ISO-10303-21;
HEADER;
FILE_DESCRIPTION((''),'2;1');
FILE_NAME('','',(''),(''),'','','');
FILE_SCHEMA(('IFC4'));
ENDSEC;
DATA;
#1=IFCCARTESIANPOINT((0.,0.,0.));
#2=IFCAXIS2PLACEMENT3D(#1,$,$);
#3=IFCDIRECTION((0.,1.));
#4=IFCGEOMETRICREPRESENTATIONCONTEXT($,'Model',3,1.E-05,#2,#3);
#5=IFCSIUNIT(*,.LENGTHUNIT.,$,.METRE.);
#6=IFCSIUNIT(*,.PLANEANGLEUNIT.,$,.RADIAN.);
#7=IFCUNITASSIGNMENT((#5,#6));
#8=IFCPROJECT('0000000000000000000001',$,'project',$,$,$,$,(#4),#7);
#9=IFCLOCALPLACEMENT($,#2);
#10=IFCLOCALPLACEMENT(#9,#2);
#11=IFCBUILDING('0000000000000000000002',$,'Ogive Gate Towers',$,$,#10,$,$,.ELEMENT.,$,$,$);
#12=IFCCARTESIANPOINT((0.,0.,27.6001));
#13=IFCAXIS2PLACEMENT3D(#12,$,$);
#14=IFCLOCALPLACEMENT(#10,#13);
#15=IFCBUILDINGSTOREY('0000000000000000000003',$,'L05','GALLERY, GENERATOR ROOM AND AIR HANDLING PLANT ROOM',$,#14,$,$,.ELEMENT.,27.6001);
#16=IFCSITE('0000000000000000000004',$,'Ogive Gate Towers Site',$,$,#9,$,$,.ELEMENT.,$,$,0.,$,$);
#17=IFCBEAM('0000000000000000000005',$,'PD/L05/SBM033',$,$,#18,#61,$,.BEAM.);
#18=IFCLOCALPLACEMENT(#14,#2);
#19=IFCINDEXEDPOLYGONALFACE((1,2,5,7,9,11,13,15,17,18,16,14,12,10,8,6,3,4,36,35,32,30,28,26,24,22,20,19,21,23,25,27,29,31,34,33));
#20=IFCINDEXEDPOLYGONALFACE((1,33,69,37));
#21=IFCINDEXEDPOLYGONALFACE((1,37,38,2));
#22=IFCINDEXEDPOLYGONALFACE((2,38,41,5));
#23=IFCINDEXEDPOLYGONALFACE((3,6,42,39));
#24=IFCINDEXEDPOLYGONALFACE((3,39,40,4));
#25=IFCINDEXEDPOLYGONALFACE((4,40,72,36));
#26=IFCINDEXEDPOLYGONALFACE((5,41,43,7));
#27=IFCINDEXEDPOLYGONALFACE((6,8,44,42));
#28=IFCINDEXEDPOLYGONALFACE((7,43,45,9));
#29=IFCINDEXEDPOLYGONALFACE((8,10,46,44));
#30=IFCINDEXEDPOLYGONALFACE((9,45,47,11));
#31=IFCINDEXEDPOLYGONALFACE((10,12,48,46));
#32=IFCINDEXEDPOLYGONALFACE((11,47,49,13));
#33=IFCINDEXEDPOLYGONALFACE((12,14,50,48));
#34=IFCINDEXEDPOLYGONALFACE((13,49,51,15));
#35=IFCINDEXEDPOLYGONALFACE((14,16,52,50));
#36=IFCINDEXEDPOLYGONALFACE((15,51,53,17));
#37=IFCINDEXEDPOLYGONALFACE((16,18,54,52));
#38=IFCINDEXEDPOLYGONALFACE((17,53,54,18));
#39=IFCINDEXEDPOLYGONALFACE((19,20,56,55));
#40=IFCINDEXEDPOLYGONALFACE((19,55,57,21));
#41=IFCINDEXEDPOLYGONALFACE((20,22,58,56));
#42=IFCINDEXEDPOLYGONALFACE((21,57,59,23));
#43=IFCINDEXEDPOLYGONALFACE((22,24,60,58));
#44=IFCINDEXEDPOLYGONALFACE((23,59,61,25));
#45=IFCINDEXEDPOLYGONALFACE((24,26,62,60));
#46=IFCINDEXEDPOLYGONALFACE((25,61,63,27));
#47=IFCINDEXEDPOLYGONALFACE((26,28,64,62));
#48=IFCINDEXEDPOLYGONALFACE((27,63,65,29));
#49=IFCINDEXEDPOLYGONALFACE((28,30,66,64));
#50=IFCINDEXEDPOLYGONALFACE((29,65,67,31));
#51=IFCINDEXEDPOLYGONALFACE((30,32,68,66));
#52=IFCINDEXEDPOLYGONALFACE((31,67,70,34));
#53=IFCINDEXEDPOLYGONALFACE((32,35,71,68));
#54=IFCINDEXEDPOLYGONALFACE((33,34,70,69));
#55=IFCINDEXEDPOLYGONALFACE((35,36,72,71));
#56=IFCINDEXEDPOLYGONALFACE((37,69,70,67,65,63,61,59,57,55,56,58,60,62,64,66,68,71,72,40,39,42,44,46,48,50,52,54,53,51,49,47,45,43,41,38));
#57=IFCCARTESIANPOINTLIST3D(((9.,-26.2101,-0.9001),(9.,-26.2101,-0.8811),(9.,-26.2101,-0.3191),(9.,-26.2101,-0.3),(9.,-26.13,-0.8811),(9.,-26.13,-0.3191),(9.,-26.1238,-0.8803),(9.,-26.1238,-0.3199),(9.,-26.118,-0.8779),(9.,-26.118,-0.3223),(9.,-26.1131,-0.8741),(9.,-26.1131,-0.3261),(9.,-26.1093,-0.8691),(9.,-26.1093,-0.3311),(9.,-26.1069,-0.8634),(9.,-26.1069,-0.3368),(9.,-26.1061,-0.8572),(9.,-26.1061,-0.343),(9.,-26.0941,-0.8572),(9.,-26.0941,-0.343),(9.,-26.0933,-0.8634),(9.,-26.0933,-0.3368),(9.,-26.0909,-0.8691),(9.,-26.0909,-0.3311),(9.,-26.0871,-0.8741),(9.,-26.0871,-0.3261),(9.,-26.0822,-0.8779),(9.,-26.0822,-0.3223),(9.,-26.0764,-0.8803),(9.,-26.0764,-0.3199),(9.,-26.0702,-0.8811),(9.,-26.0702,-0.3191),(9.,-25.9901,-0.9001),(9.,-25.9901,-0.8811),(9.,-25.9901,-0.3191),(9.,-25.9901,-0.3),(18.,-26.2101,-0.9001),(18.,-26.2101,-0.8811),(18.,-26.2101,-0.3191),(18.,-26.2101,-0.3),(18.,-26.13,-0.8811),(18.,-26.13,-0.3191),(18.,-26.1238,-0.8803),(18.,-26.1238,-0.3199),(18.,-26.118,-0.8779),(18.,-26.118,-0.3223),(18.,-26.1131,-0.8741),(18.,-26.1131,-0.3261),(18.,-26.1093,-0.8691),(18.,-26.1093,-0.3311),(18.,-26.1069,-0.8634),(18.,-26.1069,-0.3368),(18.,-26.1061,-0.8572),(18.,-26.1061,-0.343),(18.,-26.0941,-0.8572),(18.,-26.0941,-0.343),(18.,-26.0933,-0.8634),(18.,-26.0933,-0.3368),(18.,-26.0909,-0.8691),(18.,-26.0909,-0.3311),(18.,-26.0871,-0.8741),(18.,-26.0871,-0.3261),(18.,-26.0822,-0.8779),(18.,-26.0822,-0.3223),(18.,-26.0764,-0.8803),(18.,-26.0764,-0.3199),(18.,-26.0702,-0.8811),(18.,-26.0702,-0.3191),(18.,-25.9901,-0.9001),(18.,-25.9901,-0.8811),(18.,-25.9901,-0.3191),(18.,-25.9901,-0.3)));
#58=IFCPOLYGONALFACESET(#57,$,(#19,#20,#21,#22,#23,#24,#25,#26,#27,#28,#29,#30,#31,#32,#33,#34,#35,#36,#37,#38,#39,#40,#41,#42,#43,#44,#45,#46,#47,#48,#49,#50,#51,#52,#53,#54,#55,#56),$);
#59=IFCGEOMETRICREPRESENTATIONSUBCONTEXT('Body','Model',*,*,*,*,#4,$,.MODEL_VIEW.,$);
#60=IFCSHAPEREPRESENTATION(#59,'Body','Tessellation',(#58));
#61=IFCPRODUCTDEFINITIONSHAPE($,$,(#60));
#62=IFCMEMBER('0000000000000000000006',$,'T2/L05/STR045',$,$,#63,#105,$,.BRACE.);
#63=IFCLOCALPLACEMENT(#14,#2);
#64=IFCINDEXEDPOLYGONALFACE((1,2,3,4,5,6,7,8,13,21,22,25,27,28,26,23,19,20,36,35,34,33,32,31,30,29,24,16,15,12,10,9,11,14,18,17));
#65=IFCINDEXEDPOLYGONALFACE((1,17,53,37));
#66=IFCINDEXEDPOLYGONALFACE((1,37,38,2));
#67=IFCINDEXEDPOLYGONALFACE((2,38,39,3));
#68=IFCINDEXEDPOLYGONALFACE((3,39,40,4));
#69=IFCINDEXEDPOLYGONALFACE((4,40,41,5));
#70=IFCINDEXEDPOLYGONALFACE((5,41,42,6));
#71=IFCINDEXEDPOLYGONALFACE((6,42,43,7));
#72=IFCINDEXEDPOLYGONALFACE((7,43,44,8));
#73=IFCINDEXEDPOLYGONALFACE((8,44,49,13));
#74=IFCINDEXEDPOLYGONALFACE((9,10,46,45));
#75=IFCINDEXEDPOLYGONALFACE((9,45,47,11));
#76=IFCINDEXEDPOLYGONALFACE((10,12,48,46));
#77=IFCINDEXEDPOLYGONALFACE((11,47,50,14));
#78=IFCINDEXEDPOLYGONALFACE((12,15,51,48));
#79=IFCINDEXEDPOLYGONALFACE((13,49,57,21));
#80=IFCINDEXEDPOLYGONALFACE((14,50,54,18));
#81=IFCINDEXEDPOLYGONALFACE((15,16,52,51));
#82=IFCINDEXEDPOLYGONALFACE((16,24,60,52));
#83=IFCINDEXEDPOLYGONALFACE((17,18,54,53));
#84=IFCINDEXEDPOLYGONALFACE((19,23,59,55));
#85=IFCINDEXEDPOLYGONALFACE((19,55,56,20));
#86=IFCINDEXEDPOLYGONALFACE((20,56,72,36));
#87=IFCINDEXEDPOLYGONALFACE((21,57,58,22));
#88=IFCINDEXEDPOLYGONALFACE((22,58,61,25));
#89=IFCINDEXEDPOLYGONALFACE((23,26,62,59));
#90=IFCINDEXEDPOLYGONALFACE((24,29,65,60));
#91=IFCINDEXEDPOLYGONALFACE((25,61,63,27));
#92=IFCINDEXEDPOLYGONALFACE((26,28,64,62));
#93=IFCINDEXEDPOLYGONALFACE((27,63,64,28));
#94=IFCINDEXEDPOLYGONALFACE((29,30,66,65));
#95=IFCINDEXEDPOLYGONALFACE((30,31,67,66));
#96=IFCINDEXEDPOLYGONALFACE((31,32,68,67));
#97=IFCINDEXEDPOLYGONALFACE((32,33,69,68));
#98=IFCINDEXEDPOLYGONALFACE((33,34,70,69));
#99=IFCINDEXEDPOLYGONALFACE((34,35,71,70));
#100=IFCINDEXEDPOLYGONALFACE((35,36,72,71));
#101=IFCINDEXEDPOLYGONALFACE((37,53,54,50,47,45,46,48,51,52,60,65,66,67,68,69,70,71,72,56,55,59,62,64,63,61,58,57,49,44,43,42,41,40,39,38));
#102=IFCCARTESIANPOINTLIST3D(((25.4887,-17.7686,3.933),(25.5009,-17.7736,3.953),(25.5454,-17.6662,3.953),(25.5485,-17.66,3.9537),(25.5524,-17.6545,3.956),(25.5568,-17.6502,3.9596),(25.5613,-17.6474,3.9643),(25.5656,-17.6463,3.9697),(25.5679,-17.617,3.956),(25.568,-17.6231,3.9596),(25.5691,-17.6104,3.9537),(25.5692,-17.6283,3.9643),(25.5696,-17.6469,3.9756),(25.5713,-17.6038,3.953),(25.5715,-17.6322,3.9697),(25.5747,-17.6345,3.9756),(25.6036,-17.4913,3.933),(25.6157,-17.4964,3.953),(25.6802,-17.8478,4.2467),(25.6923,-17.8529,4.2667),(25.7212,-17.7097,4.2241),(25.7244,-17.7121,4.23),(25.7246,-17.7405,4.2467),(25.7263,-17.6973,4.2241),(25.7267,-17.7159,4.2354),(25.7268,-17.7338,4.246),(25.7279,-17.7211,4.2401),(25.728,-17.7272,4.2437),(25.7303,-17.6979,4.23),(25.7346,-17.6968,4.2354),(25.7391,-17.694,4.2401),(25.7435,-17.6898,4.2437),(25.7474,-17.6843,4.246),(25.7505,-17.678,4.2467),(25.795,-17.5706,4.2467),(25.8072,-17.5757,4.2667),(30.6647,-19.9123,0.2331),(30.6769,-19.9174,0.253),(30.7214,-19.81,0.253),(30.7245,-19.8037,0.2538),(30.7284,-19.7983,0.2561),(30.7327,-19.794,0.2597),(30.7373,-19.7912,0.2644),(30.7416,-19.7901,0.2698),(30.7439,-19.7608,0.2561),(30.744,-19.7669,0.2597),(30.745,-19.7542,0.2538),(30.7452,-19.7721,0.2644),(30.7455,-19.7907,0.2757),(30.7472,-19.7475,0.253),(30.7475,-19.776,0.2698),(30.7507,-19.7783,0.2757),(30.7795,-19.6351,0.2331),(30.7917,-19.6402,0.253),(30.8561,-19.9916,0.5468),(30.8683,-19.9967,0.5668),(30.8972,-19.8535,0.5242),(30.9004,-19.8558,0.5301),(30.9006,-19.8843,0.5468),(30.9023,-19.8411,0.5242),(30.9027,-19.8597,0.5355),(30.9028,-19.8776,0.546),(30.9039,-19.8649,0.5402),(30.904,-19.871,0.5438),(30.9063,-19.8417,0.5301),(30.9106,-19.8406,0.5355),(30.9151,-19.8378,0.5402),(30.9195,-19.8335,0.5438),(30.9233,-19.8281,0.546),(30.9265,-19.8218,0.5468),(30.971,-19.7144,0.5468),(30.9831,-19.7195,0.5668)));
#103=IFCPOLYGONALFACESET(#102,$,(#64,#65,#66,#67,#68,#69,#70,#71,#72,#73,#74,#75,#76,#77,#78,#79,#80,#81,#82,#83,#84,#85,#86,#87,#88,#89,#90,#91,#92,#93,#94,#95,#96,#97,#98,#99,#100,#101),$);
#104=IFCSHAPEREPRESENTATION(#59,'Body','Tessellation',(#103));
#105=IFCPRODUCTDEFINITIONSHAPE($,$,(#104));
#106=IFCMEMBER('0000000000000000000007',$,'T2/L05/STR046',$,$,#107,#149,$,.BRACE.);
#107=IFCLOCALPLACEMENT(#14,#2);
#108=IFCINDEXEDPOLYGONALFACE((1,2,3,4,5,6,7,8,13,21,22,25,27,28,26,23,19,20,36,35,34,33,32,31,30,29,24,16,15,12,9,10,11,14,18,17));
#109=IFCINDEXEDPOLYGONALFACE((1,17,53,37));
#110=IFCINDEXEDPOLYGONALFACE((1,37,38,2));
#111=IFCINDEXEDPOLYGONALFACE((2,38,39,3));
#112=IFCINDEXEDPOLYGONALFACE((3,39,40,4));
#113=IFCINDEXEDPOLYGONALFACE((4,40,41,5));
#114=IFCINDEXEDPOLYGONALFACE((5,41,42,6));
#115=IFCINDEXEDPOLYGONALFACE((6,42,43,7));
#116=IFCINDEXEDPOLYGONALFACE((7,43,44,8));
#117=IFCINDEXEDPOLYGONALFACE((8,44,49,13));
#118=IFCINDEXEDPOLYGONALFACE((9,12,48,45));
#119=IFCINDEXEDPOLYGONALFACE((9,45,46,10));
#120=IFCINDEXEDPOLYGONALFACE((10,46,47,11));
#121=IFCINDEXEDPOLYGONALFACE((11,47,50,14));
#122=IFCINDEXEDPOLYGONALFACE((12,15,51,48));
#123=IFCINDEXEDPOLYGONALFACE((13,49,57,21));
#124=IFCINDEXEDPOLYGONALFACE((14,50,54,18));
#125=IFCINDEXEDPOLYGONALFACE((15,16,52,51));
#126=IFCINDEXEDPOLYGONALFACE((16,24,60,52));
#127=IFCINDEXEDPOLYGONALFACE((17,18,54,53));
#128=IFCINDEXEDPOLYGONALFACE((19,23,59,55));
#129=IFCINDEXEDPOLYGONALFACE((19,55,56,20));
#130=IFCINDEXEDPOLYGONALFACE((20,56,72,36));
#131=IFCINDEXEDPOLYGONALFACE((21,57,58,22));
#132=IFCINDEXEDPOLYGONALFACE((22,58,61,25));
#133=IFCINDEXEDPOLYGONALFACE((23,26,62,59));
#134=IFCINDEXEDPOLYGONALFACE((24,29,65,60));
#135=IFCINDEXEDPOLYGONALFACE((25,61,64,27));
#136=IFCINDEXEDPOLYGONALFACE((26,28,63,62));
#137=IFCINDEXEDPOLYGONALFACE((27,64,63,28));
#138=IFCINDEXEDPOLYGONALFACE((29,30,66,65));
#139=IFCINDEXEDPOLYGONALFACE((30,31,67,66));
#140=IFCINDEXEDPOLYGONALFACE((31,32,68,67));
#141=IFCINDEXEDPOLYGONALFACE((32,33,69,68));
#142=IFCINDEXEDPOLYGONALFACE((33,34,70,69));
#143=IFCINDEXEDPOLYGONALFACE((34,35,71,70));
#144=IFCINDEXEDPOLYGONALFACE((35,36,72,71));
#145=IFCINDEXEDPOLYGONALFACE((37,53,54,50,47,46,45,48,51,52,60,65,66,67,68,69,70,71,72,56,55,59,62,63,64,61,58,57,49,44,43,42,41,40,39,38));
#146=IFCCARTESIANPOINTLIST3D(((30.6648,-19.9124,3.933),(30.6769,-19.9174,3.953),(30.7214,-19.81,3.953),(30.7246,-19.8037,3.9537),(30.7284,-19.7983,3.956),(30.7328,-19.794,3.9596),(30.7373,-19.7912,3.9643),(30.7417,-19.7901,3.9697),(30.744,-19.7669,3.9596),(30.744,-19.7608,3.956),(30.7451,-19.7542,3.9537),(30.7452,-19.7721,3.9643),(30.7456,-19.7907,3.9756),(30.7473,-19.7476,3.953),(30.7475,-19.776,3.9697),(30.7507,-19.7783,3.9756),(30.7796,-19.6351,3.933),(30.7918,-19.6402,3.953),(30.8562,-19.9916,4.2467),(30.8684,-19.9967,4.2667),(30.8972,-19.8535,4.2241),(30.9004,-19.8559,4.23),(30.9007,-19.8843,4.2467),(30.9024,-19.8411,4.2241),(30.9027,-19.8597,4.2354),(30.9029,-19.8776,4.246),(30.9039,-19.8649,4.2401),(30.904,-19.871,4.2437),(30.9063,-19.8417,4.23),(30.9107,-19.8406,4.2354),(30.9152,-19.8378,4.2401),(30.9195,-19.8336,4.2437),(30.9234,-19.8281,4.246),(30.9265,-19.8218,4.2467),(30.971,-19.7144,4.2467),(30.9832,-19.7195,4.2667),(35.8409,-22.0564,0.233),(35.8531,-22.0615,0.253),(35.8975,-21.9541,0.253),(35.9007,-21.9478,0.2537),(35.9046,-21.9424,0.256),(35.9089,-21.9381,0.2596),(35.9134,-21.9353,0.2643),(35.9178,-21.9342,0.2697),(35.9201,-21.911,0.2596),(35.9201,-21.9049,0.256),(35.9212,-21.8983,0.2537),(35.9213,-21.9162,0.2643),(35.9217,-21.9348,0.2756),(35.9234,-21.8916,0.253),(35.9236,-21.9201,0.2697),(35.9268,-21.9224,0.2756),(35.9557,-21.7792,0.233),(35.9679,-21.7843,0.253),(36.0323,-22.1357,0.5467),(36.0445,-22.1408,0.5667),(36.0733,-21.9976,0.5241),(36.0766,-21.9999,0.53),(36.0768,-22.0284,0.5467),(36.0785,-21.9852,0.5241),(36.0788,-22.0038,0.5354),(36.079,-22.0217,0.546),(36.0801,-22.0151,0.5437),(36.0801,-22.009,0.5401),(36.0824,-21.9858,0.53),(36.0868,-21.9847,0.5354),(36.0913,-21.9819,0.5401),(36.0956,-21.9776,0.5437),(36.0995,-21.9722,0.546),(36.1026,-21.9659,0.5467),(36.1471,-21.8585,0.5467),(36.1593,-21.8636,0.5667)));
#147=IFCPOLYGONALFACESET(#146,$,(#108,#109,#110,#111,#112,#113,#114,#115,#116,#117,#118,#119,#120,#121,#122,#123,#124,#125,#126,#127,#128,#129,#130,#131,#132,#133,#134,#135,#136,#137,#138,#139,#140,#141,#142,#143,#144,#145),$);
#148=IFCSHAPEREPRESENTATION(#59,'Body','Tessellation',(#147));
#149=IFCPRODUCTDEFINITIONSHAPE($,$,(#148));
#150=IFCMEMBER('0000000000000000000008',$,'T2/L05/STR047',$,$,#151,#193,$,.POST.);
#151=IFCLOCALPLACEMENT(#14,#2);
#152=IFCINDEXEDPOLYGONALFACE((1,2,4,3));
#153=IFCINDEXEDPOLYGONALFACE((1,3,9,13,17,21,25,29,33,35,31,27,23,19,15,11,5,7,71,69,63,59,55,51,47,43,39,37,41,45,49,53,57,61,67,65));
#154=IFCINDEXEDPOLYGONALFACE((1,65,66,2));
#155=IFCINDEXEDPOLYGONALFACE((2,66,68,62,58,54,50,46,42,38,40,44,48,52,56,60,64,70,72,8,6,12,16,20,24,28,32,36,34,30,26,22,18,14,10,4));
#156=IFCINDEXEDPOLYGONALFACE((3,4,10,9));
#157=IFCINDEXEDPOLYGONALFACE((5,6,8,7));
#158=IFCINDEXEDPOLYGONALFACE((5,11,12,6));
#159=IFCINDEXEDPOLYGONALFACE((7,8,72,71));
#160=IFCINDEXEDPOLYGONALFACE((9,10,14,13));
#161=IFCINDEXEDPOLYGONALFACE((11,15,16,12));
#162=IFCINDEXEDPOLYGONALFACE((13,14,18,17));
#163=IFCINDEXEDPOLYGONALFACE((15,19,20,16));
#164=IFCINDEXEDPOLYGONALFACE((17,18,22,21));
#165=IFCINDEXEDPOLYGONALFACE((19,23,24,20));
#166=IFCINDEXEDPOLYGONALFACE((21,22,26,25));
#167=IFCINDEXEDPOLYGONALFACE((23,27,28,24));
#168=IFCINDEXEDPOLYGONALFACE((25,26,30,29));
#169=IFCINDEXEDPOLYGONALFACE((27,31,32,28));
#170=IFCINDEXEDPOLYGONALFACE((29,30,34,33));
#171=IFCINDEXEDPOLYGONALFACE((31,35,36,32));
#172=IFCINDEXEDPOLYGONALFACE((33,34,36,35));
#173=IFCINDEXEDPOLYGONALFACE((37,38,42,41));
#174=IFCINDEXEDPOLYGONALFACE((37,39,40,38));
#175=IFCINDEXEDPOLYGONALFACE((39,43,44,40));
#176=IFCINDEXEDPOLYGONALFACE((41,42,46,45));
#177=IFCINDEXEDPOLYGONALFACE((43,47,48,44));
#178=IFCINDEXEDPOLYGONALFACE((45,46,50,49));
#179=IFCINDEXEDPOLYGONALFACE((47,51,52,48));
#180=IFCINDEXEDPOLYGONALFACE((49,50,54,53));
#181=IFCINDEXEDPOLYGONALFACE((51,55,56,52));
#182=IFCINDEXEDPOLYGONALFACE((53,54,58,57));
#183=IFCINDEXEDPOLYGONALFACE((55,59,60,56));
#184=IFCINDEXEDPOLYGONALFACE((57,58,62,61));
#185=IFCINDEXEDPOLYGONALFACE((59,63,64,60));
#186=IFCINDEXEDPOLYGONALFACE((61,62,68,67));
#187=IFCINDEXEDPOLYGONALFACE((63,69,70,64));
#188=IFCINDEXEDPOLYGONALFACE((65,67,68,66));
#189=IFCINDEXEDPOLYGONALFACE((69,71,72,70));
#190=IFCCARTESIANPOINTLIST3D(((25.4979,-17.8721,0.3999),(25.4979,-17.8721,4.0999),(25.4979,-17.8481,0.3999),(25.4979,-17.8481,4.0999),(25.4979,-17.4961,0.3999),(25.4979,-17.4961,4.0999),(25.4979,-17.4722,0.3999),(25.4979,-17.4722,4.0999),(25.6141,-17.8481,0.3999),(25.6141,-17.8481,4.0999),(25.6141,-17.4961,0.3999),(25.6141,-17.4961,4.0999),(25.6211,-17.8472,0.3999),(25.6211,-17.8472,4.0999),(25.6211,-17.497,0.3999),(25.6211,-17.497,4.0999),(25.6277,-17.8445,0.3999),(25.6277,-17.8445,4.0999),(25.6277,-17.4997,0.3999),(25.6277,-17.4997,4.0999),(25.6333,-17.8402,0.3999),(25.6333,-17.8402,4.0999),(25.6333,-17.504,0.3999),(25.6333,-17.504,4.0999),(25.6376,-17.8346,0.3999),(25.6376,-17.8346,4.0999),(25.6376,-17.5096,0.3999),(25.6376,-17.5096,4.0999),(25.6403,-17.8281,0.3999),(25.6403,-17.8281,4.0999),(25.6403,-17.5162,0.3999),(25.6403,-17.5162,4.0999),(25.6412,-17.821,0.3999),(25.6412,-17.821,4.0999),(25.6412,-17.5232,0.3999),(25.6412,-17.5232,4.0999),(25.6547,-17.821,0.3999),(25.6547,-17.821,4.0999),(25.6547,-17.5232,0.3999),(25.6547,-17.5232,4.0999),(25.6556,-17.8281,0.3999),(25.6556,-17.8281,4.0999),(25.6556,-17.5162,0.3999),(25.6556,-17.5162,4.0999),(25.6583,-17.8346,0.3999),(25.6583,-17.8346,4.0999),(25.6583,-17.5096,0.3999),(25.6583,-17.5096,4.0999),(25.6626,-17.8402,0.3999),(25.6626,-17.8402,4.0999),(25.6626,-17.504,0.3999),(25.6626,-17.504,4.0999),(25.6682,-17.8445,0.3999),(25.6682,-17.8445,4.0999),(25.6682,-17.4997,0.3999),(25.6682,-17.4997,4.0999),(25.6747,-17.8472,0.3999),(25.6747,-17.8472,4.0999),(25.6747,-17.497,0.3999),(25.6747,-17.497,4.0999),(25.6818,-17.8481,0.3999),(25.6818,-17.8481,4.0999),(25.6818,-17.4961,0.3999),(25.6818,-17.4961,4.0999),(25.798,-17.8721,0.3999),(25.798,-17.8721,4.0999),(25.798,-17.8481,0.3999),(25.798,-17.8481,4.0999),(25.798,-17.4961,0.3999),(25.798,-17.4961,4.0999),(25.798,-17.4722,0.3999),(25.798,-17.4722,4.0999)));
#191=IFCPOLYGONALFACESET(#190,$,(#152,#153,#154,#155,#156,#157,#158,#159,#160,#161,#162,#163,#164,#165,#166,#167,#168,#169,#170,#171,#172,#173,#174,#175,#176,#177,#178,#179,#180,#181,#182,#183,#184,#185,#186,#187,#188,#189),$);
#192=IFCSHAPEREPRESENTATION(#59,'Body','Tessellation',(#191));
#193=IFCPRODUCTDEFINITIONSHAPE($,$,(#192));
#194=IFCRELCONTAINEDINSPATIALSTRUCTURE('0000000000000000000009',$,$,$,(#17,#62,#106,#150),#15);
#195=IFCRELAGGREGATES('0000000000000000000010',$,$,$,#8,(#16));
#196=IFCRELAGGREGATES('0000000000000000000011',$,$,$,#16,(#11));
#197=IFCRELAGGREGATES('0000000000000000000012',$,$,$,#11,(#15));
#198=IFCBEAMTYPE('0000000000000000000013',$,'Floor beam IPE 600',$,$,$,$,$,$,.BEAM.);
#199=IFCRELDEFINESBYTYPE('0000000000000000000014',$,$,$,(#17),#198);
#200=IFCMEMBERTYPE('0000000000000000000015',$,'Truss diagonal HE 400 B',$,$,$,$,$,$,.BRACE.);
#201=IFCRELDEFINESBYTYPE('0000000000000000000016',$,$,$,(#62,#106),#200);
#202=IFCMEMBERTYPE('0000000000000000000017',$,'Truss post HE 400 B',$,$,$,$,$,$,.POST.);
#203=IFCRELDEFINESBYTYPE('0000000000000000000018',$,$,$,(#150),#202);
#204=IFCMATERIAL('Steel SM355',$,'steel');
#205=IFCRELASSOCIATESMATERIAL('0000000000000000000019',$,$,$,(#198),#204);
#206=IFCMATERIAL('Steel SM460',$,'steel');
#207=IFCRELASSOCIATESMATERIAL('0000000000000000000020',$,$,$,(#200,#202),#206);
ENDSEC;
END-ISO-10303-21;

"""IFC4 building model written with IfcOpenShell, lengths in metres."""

from ifc_helpers import new_model, si_unit, direction, frame, origin, origin_2d, place, context, subcontext, project, spatial, i_section, extrude, material, material_profile, profile_set, type_object, element, save


model = new_model("IFC4")

# Units and contexts
model_context = context("Model", 3, precision=1e-05, world=origin(), true_north=direction((0.0, 1.0)))
body_context = subcontext(model_context, "Body", "Model", "MODEL_VIEW")
ifc_project = project(units=[si_unit("LENGTHUNIT", "METRE"), si_unit("PLANEANGLEUNIT", "RADIAN")], contexts=[model_context])

# Site, building, storey
site_placement = place(None, origin())
site = spatial("IfcSite", under=ifc_project, at=site_placement, Name="Ogive Gate Towers Site", CompositionType="ELEMENT", RefElevation=0.0)
building_placement = place(site_placement, origin())
building = spatial("IfcBuilding", under=site, at=building_placement, Name="Ogive Gate Towers", CompositionType="ELEMENT")
storey_placement = place(building_placement, frame((0.0, 0.0, 27.6001)))
storey = spatial("IfcBuildingStorey", under=building, at=storey_placement, Name="L05", Description="GALLERY, GENERATOR ROOM AND AIR HANDLING PLANT ROOM", CompositionType="ELEMENT", Elevation=27.6001)

# Beam
ifc_material_1 = material(Name="Steel SM460", Category="steel")
ifc_material_2 = material(Name="Steel SM355", Category="steel")
ifc_material_profile_1 = material_profile(ifc_material_2, i_section(OverallWidth=0.22, OverallDepth=0.6001, WebThickness=0.012, FlangeThickness=0.019, FilletRadius=0.0239, at=origin_2d()), Name="IPE 600")
ifc_profile_set_1 = profile_set([ifc_material_profile_1], Name="Steel SM355")
beam_type_1 = type_object("IfcBeamType", Name="Floor beam IPE 600", PredefinedType="BEAM", material=ifc_profile_set_1)
for number, where, z_axis, x_axis, name in (
    (1, (18.0, -26.1001, -0.6001), (-1.0, 0.0, 0.0), (0.0, -1.0, 0.0), "PD/L05/SBM033"),
):
    element("IfcBeam", number, at=place(storey_placement, frame(where, z_axis=z_axis, x_axis=x_axis)), inside=storey, type_object=beam_type_1, Name=name, PredefinedType="BEAM", context=body_context, shape_type="SweptSolid", body=[
        extrude(i_section(OverallWidth=0.22, OverallDepth=0.6001, WebThickness=0.012, FlangeThickness=0.019, FilletRadius=0.0239, at=origin_2d()), origin(), (0.0, 0.0, 1.0), 9.0),
    ])

# Members
ifc_material_profile_2 = material_profile(ifc_material_1, i_section(OverallWidth=0.3, OverallDepth=0.3999, WebThickness=0.0134, FlangeThickness=0.0239, FilletRadius=0.0271, at=origin_2d()), Name="HE 400 B")
ifc_profile_set_2 = profile_set([ifc_material_profile_2], Name="Steel SM460")
member_type_1 = type_object("IfcMemberType", Name="Truss diagonal HE 400 B", PredefinedType="BRACE", material=ifc_profile_set_2)
member_1_placement = place(storey_placement, frame((25.6479, -17.6721, 4.0999), z_axis=(0.770939, -0.319306, -0.551086), x_axis=(0.382656, 0.923891, 0.0)))
element("IfcMember", 2, at=member_1_placement, inside=storey, type_object=member_type_1, Name="T2/L05/STR045", PredefinedType="BRACE", context=body_context, shape_type="SweptSolid", body=[
    extrude(i_section(OverallWidth=0.3, OverallDepth=0.3999, WebThickness=0.0134, FlangeThickness=0.0239, FilletRadius=0.0271, at=origin_2d()), origin(), (0.0, 0.0, 1.0), 6.7139),
])
member_2_placement = place(storey_placement, frame((30.824, -19.8159, 4.0999), z_axis=(0.77093, -0.319339, -0.55108), x_axis=(0.382693, 0.923876, 0.0)))
element("IfcMember", 3, at=member_2_placement, inside=storey, type_object=member_type_1, Name="T2/L05/STR046", PredefinedType="BRACE", context=body_context, shape_type="SweptSolid", body=[
    extrude(i_section(OverallWidth=0.3, OverallDepth=0.3999, WebThickness=0.0134, FlangeThickness=0.0239, FilletRadius=0.0271, at=origin_2d()), origin(), (0.0, 0.0, 1.0), 6.7141),
])
ifc_material_profile_3 = material_profile(ifc_material_1, i_section(OverallWidth=0.3, OverallDepth=0.3999, WebThickness=0.0134, FlangeThickness=0.0239, FilletRadius=0.0271, at=origin_2d()), Name="HE 400 B")
ifc_profile_set_3 = profile_set([ifc_material_profile_3], Name="Steel SM460")
member_type_2 = type_object("IfcMemberType", Name="Truss post HE 400 B", PredefinedType="POST", material=ifc_profile_set_3)
for number, where, z_axis, x_axis, name in (
    (4, (25.6479, -17.6721, 0.3999), (0.0, 0.0, 1.0), (1.0, 0.0, 0.0), "T2/L05/STR047"),
):
    element("IfcMember", number, at=place(storey_placement, frame(where, z_axis=z_axis, x_axis=x_axis)), inside=storey, type_object=member_type_2, Name=name, PredefinedType="POST", context=body_context, shape_type="SweptSolid", body=[
        extrude(i_section(OverallWidth=0.3, OverallDepth=0.3999, WebThickness=0.0134, FlangeThickness=0.0239, FilletRadius=0.0271, at=origin_2d()), origin(), (0.0, 0.0, 1.0), 3.7),
    ])

save(model, "model.ifc")
